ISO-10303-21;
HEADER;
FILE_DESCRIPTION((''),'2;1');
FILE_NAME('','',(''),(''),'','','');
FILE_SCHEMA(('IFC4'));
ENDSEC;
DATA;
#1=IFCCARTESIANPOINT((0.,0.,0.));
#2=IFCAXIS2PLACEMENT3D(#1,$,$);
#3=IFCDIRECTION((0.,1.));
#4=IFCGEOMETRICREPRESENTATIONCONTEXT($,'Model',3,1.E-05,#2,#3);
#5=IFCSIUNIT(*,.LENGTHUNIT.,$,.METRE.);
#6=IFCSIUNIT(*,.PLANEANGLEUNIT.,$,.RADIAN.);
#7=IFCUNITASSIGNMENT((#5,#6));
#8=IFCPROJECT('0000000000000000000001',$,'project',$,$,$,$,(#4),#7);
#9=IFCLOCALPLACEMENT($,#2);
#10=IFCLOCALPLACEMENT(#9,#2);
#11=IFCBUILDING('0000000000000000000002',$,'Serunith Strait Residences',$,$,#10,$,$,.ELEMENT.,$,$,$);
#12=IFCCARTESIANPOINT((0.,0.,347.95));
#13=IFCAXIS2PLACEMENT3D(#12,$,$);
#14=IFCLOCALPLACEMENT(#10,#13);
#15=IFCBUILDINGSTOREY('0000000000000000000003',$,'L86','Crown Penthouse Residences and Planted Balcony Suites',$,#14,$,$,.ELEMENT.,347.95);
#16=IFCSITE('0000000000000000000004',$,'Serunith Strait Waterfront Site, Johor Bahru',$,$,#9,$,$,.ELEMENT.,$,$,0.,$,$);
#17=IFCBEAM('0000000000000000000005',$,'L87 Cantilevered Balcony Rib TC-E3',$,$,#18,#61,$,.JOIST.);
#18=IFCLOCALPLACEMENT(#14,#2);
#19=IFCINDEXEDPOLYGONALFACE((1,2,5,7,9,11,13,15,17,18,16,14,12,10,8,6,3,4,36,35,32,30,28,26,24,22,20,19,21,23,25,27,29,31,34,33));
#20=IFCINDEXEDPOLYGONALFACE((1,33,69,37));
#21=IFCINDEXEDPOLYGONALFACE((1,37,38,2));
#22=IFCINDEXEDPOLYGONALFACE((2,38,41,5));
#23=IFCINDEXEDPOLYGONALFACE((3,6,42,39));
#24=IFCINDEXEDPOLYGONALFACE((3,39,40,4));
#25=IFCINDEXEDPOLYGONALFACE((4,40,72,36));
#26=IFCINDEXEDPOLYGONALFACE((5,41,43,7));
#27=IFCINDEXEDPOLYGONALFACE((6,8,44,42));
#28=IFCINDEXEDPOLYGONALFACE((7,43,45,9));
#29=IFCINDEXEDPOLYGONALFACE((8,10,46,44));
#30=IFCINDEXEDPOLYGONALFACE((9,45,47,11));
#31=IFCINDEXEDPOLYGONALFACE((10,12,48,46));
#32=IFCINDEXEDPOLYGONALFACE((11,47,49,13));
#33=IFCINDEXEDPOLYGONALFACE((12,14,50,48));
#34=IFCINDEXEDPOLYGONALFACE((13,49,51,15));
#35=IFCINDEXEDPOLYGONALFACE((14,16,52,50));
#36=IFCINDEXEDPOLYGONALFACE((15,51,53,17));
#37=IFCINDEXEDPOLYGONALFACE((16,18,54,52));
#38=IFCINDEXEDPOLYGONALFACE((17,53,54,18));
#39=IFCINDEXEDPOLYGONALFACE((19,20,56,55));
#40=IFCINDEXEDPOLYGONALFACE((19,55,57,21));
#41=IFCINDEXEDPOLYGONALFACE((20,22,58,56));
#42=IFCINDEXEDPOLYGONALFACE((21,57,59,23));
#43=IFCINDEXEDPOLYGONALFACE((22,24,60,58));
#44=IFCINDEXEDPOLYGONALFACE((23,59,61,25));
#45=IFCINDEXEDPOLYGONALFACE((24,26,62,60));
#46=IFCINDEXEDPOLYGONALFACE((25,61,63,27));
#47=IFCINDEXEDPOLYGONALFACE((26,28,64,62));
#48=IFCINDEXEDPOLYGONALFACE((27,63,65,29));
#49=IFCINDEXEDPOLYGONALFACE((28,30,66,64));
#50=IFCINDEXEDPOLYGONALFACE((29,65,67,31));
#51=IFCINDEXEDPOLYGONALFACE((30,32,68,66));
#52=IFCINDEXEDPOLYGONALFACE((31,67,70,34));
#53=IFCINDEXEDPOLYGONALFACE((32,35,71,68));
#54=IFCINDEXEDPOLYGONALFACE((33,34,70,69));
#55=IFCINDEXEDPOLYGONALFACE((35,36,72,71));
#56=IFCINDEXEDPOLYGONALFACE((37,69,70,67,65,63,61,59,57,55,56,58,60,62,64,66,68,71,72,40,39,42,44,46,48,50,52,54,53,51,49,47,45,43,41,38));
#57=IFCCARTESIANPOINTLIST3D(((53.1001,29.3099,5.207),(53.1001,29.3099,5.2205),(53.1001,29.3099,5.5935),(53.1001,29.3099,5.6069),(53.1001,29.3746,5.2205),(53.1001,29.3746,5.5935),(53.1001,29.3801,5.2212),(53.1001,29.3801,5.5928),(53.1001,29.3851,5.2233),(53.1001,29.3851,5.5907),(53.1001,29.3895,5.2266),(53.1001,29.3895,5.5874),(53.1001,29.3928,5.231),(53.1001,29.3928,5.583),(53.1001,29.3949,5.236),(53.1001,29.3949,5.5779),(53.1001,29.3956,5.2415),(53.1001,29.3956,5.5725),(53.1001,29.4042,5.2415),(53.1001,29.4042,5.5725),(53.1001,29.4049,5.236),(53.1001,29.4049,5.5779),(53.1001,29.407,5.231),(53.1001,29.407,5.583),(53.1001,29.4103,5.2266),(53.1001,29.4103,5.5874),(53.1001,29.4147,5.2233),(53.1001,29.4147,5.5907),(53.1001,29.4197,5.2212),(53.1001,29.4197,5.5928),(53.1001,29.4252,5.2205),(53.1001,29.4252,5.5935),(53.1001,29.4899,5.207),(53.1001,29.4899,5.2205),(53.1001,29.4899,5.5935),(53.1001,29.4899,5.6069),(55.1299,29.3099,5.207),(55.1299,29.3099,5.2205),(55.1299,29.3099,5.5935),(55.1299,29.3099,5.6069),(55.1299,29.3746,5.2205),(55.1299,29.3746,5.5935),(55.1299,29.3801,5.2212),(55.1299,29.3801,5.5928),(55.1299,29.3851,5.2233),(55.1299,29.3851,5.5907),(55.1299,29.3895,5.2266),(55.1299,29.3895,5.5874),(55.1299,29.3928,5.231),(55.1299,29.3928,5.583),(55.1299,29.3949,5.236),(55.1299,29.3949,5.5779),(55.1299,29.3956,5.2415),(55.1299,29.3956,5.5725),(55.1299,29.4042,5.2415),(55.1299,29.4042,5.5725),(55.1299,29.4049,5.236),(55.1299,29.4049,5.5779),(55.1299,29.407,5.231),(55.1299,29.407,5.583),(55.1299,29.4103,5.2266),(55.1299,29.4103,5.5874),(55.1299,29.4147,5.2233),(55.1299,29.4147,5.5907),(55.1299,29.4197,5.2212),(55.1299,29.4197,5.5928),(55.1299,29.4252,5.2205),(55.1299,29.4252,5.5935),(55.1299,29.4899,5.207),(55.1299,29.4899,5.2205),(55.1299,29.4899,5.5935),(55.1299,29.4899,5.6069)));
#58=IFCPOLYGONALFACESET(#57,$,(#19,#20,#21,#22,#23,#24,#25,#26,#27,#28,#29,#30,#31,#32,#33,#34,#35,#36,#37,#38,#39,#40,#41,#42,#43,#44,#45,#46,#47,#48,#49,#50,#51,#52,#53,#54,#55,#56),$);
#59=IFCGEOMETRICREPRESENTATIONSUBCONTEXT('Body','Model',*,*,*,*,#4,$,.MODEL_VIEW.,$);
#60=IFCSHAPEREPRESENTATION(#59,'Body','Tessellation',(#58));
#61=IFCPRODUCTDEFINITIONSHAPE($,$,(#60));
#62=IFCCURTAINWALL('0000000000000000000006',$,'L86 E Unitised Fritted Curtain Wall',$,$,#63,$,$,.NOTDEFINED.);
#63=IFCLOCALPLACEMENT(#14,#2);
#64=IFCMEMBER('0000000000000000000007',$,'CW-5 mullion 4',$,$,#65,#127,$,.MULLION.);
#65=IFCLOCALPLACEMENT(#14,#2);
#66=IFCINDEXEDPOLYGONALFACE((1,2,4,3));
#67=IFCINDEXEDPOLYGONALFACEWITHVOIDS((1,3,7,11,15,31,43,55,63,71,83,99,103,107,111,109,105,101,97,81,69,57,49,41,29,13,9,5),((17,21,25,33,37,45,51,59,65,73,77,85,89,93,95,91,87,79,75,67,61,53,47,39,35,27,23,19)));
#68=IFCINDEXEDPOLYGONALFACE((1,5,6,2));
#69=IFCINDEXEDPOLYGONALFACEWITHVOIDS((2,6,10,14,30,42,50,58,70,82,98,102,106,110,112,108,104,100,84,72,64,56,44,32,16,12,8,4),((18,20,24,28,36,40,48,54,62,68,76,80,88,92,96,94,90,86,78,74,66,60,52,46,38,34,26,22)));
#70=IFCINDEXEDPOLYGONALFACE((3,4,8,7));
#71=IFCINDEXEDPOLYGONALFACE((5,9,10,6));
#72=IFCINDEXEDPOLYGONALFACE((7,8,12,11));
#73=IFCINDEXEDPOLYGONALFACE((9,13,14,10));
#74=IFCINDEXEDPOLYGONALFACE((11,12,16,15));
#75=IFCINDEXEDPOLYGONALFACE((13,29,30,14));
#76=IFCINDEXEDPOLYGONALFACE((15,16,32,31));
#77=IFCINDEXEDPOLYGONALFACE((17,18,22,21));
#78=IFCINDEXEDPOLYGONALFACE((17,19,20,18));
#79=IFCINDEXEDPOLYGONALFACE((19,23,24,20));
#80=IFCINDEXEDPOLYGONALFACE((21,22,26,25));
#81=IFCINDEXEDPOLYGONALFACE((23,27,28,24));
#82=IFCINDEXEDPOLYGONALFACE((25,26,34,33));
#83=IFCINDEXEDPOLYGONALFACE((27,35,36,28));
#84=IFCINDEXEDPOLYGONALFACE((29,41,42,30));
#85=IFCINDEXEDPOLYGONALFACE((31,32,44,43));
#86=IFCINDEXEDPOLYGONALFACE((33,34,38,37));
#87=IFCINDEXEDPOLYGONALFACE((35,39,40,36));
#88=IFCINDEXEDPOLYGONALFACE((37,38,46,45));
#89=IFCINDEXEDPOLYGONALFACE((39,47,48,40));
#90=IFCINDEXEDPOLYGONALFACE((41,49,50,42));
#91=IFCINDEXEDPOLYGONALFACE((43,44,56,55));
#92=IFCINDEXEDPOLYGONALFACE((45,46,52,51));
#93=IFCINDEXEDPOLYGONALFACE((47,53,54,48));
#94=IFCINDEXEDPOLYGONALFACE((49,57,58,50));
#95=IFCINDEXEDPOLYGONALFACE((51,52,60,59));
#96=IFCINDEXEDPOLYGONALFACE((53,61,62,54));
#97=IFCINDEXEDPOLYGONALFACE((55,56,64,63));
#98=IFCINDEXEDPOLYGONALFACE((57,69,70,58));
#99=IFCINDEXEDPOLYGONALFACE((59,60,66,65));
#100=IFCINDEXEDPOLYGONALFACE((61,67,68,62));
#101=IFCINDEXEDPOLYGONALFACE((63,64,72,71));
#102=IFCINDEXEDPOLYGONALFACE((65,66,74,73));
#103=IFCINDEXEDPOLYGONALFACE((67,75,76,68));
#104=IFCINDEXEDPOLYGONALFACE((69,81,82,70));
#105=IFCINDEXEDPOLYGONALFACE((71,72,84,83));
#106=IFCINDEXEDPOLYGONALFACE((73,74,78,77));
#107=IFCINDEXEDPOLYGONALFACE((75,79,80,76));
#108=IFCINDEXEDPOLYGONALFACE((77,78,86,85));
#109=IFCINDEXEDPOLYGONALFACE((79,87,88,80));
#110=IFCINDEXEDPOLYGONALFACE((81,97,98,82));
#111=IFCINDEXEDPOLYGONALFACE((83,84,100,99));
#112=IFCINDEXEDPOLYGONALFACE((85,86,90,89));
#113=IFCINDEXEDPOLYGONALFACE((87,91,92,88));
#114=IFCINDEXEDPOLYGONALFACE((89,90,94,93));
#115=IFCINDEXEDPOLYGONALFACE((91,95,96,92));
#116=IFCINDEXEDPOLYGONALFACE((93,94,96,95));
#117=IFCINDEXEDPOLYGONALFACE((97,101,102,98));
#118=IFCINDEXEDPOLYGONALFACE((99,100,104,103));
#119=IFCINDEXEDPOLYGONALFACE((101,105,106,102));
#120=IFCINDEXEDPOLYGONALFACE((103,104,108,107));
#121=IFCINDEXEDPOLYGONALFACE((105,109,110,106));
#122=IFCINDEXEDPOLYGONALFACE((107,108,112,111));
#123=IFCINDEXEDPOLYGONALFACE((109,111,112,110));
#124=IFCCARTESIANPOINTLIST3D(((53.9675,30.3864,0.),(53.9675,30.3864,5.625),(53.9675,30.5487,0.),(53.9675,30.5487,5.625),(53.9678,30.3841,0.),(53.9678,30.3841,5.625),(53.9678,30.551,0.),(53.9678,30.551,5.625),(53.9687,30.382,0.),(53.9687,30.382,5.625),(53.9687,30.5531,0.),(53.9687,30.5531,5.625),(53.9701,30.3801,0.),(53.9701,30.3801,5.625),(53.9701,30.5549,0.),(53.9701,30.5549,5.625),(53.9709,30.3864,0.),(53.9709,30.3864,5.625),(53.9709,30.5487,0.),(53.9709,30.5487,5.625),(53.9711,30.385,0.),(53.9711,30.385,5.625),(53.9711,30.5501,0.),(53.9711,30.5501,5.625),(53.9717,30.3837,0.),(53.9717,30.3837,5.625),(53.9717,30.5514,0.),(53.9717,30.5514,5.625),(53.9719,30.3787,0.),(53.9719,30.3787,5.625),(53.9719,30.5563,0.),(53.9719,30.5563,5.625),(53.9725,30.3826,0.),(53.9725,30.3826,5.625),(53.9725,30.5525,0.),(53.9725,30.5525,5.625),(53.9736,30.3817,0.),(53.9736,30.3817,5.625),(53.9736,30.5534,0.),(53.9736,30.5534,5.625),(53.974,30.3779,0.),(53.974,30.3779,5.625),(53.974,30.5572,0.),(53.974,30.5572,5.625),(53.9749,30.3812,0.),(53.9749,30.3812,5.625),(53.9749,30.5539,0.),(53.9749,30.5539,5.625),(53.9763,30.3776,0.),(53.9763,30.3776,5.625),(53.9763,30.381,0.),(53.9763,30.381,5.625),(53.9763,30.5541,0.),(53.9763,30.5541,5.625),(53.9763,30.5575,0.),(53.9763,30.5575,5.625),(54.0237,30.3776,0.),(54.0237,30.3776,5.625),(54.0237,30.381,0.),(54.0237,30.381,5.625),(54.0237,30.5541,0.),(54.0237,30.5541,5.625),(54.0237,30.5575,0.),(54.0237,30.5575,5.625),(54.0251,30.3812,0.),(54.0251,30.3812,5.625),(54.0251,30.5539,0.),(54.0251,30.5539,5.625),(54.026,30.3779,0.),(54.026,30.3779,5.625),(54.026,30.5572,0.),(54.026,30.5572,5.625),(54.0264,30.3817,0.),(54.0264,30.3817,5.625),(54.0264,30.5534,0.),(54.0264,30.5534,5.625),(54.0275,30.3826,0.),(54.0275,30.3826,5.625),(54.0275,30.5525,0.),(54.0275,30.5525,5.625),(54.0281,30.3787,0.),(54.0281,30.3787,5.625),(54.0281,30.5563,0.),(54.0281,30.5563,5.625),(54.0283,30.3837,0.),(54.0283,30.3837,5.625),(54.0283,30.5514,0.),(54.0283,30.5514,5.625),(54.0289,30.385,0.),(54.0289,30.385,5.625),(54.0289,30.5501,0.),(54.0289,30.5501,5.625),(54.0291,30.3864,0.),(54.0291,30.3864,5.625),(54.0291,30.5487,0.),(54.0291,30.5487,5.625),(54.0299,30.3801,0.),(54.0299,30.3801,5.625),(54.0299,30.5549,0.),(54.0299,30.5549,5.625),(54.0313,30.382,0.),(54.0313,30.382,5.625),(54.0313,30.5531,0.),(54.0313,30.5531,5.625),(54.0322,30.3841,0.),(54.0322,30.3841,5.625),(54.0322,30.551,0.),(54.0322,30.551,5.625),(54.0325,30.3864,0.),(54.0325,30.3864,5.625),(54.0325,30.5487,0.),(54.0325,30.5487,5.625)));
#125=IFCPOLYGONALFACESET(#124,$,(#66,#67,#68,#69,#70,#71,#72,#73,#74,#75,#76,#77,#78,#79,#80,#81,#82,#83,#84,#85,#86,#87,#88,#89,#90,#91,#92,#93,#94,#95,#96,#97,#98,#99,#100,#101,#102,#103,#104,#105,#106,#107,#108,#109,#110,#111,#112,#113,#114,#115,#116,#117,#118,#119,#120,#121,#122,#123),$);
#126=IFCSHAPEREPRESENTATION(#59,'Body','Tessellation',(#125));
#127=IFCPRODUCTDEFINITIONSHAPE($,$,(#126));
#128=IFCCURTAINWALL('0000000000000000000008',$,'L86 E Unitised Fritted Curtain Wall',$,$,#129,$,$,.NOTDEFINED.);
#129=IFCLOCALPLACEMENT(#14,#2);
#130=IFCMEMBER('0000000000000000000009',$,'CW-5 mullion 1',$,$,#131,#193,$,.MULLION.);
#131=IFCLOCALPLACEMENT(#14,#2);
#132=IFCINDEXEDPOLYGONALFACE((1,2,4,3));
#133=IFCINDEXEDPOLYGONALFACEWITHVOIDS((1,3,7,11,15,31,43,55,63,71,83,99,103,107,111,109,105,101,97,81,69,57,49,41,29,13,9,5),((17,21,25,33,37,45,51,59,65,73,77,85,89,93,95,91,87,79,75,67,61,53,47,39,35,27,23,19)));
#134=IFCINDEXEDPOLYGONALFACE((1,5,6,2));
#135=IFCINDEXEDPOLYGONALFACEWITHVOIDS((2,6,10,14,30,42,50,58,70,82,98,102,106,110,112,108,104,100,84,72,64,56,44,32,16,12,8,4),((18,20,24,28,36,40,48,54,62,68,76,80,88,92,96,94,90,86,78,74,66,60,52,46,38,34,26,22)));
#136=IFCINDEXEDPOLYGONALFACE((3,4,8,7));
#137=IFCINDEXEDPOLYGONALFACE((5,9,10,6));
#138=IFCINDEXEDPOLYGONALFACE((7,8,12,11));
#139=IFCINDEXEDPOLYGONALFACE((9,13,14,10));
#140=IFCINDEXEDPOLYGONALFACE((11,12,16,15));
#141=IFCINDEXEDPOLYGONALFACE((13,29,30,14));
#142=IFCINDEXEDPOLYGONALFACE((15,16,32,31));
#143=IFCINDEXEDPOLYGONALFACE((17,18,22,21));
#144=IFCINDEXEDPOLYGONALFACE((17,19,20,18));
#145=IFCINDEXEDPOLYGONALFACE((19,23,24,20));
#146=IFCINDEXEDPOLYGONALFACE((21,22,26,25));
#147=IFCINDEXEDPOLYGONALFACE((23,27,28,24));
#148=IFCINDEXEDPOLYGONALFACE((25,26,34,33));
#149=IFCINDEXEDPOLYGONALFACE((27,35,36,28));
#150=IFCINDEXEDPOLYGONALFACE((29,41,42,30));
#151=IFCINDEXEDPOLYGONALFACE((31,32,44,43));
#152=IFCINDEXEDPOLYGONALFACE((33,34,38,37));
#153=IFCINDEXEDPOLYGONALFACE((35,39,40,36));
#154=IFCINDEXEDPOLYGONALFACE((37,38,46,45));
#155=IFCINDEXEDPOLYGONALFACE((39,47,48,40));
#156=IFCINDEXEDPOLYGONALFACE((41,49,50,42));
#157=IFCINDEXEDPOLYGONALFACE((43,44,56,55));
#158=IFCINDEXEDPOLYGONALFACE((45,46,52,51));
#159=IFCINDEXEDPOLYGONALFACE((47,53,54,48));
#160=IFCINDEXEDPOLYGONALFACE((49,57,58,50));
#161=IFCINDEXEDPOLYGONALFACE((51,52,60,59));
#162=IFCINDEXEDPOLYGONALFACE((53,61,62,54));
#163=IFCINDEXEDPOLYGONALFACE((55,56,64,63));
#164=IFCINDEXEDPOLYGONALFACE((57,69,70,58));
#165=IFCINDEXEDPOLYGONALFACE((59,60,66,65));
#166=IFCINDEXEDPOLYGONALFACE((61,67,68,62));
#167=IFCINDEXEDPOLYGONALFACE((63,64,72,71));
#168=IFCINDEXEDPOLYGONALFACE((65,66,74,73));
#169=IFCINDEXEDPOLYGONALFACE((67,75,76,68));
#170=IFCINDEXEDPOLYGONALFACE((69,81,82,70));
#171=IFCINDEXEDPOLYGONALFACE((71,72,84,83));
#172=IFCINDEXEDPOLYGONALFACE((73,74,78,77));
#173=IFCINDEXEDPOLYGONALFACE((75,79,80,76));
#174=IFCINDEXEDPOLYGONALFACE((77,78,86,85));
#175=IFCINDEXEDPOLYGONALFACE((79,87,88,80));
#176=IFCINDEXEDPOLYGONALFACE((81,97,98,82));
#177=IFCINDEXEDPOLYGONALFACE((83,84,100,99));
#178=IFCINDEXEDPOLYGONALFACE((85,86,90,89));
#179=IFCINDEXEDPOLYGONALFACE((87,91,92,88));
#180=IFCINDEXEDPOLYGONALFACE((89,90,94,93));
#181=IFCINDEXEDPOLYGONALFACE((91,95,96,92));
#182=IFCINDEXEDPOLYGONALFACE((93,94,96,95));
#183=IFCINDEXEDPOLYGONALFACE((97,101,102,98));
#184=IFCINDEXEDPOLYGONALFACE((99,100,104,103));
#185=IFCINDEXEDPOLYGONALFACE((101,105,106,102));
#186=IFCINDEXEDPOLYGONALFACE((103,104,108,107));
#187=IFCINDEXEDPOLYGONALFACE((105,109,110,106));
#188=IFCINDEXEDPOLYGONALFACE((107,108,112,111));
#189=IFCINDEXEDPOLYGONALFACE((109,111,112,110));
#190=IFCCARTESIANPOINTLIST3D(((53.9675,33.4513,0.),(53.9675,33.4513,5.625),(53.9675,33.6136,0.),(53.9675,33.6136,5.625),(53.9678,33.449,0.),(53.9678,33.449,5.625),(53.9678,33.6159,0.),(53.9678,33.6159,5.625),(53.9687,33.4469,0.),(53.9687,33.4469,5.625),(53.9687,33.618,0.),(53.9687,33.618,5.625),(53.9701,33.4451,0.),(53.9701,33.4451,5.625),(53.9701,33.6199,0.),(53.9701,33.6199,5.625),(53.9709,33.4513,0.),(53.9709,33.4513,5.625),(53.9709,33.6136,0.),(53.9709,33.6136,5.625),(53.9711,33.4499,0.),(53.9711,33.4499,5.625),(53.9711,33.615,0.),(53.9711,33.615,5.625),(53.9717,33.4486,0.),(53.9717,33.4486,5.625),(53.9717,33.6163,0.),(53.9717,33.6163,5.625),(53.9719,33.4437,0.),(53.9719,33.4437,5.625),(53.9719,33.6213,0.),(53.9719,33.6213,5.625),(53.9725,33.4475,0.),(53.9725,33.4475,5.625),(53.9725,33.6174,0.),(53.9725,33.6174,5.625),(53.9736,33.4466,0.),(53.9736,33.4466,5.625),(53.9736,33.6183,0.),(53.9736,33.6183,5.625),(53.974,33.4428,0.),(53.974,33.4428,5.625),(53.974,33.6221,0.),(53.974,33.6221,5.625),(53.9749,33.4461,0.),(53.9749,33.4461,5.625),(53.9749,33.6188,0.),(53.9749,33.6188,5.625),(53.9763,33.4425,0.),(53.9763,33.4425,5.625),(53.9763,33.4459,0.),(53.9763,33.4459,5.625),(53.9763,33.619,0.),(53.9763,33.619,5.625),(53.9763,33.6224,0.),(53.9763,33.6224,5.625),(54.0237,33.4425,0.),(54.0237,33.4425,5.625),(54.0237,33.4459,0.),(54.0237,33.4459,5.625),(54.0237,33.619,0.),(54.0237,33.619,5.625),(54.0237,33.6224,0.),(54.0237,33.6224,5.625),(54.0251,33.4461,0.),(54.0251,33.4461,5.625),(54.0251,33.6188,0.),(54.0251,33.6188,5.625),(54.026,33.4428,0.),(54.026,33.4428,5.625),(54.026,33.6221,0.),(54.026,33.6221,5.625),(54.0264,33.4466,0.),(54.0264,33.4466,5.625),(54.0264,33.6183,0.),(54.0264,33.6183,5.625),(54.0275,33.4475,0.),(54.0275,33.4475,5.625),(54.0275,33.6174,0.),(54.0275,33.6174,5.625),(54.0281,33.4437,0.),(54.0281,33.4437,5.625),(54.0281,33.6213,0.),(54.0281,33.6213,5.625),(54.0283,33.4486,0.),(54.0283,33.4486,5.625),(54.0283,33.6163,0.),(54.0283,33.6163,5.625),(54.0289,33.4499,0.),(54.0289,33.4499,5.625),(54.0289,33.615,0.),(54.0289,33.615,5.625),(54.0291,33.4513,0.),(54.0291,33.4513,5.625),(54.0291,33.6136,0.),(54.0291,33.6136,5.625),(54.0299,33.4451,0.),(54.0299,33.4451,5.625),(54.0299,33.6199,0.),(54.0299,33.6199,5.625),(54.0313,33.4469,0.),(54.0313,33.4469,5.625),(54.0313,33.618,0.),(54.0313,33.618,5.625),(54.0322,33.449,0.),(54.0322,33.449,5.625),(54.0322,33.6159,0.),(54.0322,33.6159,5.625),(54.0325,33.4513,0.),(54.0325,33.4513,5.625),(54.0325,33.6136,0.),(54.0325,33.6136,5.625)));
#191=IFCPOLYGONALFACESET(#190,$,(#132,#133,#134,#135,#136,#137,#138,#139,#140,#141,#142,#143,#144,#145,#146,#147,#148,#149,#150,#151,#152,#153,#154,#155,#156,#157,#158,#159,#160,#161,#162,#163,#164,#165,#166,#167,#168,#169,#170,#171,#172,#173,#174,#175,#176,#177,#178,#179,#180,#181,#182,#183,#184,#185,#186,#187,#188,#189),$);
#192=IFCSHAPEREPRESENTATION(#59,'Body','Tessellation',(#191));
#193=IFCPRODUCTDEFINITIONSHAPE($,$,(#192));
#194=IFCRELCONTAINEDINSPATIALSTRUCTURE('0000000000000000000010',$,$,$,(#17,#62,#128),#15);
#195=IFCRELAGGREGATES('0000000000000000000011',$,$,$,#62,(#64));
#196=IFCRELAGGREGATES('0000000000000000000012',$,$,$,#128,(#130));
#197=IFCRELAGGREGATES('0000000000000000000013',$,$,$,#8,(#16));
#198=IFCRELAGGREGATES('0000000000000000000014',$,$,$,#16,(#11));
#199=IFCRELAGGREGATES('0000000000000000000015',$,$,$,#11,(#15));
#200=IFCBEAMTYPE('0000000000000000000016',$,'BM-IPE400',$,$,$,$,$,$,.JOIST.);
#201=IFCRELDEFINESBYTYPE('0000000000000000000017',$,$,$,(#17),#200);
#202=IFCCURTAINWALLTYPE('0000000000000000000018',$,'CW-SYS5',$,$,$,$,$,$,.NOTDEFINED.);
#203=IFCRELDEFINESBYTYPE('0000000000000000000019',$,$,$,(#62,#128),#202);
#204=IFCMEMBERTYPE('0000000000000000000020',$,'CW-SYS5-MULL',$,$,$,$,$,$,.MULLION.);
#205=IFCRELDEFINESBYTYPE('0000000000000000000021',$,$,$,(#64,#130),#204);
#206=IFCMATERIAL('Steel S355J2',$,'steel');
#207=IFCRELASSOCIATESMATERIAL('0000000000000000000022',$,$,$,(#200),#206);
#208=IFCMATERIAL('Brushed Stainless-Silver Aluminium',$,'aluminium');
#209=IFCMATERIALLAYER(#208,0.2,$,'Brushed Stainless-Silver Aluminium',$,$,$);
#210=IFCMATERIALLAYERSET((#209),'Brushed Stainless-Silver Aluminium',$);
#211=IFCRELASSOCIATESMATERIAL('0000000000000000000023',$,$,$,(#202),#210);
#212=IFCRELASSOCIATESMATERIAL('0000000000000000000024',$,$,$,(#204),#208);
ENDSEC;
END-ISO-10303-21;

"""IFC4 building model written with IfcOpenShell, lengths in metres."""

from ifc_helpers import new_model, si_unit, direction, frame, origin, origin_2d, place, context, subcontext, project, spatial, hollow_rectangle, i_section, extrude, source, transform, mapped, material, layer, layer_set, material_profile, profile_set, type_object, element, aggregate, save


model = new_model("IFC4")

# Units and contexts
model_context = context("Model", 3, precision=1e-05, world=origin(), true_north=direction((0.0, 1.0)))
body_context = subcontext(model_context, "Body", "Model", "MODEL_VIEW")
ifc_project = project(units=[si_unit("LENGTHUNIT", "METRE"), si_unit("PLANEANGLEUNIT", "RADIAN")], contexts=[model_context])

# Site, building, storey
site_placement = place(None, origin())
site = spatial("IfcSite", under=ifc_project, at=site_placement, Name="Serunith Strait Waterfront Site, Johor Bahru", CompositionType="ELEMENT", RefElevation=0.0)
building_placement = place(site_placement, origin())
building = spatial("IfcBuilding", under=site, at=building_placement, Name="Serunith Strait Residences", CompositionType="ELEMENT")
storey_placement = place(building_placement, frame((0.0, 0.0, 347.95)))
storey = spatial("IfcBuildingStorey", under=building, at=storey_placement, Name="L86", Description="Crown Penthouse Residences and Planted Balcony Suites", CompositionType="ELEMENT", Elevation=347.95)

# Beam
ifc_material_1 = material(Name="Steel S355J2", Category="steel")
ifc_material_profile_1 = material_profile(ifc_material_1, i_section(OverallWidth=0.1799, OverallDepth=0.3999, WebThickness=0.0085, FlangeThickness=0.0134, FilletRadius=0.021, at=origin_2d()), Name="IPE 400")
ifc_profile_set_1 = profile_set([ifc_material_profile_1], Name="Steel S355J2")
beam_type_1 = type_object("IfcBeamType", Name="BM-IPE400", PredefinedType="JOIST", material=ifc_profile_set_1)
shared_shape_1 = source(origin(), body_context, "Body", "SweptSolid", [
    extrude(i_section(OverallWidth=0.1799, OverallDepth=0.3999, WebThickness=0.0085, FlangeThickness=0.0134, FilletRadius=0.021, at=origin_2d()), origin(), (0.0, 0.0, 1.0), 2.0298),
])
beam_1_placement = place(storey_placement, frame((53.1001, 29.3999, 5.407), z_axis=(1.0, 0.0, 0.0), x_axis=(0.0, 1.0, 0.0)))
element("IfcBeam", 1, at=beam_1_placement, inside=storey, type_object=beam_type_1, Name="L87 Cantilevered Balcony Rib TC-E3", PredefinedType="JOIST", context=body_context, shape_type="MappedRepresentation", body=[
    mapped(shared_shape_1, transform((0.0, 0.0, 0.0), scale=1.0)),
])

# Curtain wall, member
ifc_material_2 = material(Name="Brushed Stainless-Silver Aluminium", Category="aluminium")
ifc_layer_1 = layer(ifc_material_2, 0.2, Name="Brushed Stainless-Silver Aluminium")
ifc_layer_set_1 = layer_set([ifc_layer_1], Name="Brushed Stainless-Silver Aluminium")
curtain_wall_type = type_object("IfcCurtainWallType", Name="CW-SYS5", PredefinedType="NOTDEFINED", material=ifc_layer_set_1)
curtain_wall_1_placement = place(storey_placement, origin())
curtain_wall_1 = element("IfcCurtainWall", 2, at=curtain_wall_1_placement, inside=storey, type_object=curtain_wall_type, Name="L86 E Unitised Fritted Curtain Wall", PredefinedType="NOTDEFINED")
ifc_material_profile_2 = material_profile(ifc_material_2, hollow_rectangle(XDim=0.0649, YDim=0.1799, WallThickness=0.0034, InnerFilletRadius=0.0054, OuterFilletRadius=0.0088, at=origin_2d()), Name="ALU 180x65x3.5")
ifc_profile_set_2 = profile_set([ifc_material_profile_2], Name="Brushed Stainless-Silver Aluminium")
member_type_1 = type_object("IfcMemberType", Name="CW-SYS5-MULL", PredefinedType="MULLION", material=ifc_profile_set_2)
shared_shape_2 = source(origin(), body_context, "Body", "SweptSolid", [
    extrude(hollow_rectangle(XDim=0.0649, YDim=0.1799, WallThickness=0.0034, InnerFilletRadius=0.0054, OuterFilletRadius=0.0088, at=origin_2d()), origin(), (0.0, 0.0, 1.0), 5.625),
])
member_1_placement = place(storey_placement, frame((54.0, 30.4675, 0.0), z_axis=(0.0, 0.0, 1.0), x_axis=(-1.0, 0.0, 0.0)))
member_1 = element("IfcMember", 3, at=member_1_placement, type_object=member_type_1, Name="CW-5 mullion 4", PredefinedType="MULLION", context=body_context, shape_type="MappedRepresentation", body=[
    mapped(shared_shape_2, transform((0.0, 0.0, 0.0), scale=1.0)),
])

# Curtain wall, member
curtain_wall_2_placement = place(storey_placement, origin())
curtain_wall_2 = element("IfcCurtainWall", 4, at=curtain_wall_2_placement, inside=storey, type_object=curtain_wall_type, Name="L86 E Unitised Fritted Curtain Wall", PredefinedType="NOTDEFINED")
member_2_placement = place(storey_placement, frame((54.0, 33.5325, 0.0), z_axis=(0.0, 0.0, 1.0), x_axis=(-1.0, 0.0, 0.0)))
member_2 = element("IfcMember", 5, at=member_2_placement, type_object=member_type_1, Name="CW-5 mullion 1", PredefinedType="MULLION", context=body_context, shape_type="MappedRepresentation", body=[
    mapped(shared_shape_2, transform((0.0, 0.0, 0.0), scale=1.0)),
])

aggregate(curtain_wall_1, [member_1])
aggregate(curtain_wall_2, [member_2])

save(model, "model.ifc")
